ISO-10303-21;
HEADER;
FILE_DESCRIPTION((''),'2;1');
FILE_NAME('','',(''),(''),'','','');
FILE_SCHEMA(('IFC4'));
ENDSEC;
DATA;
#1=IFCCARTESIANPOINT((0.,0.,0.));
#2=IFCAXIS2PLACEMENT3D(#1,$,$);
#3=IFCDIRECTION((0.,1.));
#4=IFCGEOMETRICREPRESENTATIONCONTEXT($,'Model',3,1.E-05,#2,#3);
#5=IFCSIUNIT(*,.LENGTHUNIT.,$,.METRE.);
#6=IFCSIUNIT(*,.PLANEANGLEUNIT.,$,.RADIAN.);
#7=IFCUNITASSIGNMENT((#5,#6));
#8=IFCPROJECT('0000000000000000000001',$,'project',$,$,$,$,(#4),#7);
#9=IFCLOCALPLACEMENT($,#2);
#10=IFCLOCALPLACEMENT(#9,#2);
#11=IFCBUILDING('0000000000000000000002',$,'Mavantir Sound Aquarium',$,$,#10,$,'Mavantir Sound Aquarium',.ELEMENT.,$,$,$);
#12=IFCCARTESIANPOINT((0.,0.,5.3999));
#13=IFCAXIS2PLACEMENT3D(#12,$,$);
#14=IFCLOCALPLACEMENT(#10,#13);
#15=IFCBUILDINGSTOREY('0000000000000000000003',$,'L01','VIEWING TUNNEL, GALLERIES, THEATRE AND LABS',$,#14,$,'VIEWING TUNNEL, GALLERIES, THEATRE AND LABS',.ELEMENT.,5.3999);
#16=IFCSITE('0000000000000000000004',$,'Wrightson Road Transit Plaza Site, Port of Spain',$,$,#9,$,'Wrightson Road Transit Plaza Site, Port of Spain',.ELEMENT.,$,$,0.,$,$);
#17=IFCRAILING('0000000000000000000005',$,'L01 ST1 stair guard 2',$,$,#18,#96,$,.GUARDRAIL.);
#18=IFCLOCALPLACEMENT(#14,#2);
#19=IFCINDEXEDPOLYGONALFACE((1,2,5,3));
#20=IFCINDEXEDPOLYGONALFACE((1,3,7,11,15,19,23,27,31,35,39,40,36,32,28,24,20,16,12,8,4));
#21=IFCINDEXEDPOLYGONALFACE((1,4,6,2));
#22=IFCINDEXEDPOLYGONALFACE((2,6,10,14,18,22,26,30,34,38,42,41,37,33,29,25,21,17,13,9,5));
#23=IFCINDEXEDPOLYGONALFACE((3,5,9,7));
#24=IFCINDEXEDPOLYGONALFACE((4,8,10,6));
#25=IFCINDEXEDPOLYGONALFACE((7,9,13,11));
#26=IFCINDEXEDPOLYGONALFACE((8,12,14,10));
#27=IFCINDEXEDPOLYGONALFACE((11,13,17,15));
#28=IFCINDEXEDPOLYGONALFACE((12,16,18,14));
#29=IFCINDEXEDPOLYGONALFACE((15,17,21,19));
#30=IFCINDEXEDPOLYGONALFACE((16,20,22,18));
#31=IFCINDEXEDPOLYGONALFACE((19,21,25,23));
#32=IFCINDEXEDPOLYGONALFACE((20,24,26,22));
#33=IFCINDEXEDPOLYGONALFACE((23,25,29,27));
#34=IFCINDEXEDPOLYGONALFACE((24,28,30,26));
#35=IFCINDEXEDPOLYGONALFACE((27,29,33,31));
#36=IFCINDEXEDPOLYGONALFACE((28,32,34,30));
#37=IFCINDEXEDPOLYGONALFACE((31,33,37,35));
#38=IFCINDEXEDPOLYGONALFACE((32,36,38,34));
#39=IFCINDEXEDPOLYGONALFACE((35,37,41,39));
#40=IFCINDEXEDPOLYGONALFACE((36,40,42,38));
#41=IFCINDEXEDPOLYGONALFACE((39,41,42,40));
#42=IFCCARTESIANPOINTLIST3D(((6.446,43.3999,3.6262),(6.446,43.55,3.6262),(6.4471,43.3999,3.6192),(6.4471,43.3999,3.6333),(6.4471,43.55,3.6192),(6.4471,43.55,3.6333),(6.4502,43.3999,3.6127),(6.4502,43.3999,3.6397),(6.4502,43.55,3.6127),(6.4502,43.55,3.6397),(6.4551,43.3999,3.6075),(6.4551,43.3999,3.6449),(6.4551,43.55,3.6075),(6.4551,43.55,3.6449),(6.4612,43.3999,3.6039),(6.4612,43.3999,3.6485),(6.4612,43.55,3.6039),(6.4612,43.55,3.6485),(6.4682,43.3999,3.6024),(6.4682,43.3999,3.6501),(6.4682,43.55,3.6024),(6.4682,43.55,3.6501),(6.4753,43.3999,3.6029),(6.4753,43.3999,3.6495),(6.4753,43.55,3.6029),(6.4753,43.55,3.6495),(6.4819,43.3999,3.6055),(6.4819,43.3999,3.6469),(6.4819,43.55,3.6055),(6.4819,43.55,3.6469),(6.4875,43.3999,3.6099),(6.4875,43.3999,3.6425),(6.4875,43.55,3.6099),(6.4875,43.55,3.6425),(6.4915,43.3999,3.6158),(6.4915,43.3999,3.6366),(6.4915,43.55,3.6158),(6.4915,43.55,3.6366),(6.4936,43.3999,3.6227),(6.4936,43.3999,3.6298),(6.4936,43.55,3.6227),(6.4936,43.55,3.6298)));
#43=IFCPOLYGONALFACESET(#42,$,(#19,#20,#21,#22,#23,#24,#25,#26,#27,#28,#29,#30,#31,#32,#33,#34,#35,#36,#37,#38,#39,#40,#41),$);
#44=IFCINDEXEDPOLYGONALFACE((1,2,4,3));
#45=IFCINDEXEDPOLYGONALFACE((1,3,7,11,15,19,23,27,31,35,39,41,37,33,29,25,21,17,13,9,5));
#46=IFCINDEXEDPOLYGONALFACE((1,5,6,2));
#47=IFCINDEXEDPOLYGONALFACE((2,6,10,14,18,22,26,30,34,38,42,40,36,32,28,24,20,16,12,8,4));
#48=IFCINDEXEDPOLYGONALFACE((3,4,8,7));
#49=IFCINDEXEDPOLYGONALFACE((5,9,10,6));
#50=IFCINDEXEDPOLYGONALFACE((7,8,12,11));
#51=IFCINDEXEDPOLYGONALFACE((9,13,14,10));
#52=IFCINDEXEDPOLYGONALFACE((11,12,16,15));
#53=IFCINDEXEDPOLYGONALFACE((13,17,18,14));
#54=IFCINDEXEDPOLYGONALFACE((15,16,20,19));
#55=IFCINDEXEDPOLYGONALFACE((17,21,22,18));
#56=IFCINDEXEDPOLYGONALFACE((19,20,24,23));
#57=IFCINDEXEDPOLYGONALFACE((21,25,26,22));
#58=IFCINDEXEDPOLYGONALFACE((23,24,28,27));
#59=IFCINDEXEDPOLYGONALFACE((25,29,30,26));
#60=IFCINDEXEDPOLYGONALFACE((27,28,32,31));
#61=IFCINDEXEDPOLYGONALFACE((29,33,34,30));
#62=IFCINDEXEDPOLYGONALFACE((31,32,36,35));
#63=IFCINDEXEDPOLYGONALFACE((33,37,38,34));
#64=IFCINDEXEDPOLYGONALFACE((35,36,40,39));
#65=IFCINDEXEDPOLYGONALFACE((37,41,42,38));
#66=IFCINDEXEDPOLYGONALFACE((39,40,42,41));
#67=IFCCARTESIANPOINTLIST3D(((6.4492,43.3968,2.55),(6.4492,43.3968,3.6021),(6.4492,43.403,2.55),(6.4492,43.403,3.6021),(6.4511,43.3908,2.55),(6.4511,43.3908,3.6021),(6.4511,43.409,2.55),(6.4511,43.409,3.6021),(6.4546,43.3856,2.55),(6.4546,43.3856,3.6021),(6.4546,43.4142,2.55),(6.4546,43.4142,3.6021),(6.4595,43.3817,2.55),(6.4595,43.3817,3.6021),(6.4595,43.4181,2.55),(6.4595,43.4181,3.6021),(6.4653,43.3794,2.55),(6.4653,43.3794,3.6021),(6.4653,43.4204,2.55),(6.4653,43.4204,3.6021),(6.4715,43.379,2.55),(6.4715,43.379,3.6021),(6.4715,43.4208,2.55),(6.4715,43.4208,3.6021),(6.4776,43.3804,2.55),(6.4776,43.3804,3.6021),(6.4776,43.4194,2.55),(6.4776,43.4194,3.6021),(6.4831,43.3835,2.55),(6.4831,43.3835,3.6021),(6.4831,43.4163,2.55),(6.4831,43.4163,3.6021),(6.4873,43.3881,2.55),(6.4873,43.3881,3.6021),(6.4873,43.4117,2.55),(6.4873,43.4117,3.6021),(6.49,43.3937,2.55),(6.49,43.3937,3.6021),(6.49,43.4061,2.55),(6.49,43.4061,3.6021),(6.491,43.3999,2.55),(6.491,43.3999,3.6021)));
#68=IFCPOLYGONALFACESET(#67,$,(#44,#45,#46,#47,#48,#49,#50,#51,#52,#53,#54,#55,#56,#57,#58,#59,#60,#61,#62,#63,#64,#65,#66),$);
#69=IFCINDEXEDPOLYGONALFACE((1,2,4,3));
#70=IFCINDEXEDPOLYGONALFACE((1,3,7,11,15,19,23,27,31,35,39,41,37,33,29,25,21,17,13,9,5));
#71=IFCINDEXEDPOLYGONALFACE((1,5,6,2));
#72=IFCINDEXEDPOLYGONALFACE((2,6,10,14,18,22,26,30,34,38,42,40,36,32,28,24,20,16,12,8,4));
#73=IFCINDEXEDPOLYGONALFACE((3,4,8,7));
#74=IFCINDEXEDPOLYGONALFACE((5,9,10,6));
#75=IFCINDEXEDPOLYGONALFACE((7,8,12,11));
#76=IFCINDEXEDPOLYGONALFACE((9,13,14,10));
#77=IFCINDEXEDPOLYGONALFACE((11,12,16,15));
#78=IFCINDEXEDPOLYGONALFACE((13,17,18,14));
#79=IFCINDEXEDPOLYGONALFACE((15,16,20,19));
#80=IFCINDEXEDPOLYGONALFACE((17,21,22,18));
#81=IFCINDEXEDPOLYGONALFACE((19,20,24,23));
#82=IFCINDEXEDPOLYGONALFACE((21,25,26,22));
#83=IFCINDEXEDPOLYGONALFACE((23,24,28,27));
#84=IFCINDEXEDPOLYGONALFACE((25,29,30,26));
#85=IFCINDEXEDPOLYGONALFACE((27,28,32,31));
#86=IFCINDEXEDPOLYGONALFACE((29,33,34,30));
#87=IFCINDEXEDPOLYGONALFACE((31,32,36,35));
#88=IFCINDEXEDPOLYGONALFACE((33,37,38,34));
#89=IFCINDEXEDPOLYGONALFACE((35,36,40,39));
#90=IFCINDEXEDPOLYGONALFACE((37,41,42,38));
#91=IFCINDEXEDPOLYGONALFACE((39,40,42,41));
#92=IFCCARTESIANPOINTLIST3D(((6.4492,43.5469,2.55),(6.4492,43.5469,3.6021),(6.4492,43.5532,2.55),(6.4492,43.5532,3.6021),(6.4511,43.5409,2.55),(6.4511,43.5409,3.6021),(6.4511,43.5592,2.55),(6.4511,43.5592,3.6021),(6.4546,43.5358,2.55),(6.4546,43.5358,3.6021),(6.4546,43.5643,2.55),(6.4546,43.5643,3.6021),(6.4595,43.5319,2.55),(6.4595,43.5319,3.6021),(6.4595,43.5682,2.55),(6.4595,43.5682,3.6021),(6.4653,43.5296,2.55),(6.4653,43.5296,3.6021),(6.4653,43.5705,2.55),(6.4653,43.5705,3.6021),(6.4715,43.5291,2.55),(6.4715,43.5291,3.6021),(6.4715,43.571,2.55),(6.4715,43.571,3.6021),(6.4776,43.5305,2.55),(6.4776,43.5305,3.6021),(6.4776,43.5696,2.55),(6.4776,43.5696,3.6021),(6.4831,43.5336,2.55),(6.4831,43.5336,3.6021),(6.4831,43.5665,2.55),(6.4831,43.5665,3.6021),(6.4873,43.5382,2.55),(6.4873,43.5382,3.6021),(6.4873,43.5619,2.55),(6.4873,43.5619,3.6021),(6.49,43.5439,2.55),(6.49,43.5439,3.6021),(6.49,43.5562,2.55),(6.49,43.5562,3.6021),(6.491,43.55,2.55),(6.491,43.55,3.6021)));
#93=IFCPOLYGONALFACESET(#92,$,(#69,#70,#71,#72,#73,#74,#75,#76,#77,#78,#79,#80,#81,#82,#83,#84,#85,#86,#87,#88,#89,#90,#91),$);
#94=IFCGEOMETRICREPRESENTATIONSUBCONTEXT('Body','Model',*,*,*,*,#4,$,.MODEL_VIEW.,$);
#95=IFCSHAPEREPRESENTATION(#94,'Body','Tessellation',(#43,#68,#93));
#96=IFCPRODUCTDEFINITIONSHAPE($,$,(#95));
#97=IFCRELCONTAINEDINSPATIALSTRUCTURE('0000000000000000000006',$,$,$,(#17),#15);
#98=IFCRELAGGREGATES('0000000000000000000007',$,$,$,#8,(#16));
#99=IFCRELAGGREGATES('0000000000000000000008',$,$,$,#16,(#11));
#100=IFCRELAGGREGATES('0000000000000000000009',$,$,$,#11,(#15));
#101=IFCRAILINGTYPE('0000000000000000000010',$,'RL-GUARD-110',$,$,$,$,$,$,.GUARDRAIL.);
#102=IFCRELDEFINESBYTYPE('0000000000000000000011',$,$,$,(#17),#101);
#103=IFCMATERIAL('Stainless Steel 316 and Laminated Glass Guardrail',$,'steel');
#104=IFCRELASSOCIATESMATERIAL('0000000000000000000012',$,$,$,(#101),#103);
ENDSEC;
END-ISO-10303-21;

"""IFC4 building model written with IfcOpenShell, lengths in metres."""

from ifc_helpers import new_model, si_unit, direction, frame, origin, origin_2d, place, context, subcontext, project, spatial, circle, extrude, material, type_object, element, save


model = new_model("IFC4")

# Units and contexts
model_context = context("Model", 3, precision=1e-05, world=origin(), true_north=direction((0.0, 1.0)))
body_context = subcontext(model_context, "Body", "Model", "MODEL_VIEW")
ifc_project = project(units=[si_unit("LENGTHUNIT", "METRE"), si_unit("PLANEANGLEUNIT", "RADIAN")], contexts=[model_context])

# Site, building, storey
site_placement = place(None, origin())
site = spatial("IfcSite", under=ifc_project, at=site_placement, Name="Wrightson Road Transit Plaza Site, Port of Spain", LongName="Wrightson Road Transit Plaza Site, Port of Spain", CompositionType="ELEMENT", RefElevation=0.0)
building_placement = place(site_placement, origin())
building = spatial("IfcBuilding", under=site, at=building_placement, Name="Mavantir Sound Aquarium", LongName="Mavantir Sound Aquarium", CompositionType="ELEMENT")
storey_placement = place(building_placement, frame((0.0, 0.0, 5.3999)))
storey = spatial("IfcBuildingStorey", under=building, at=storey_placement, Name="L01", Description="VIEWING TUNNEL, GALLERIES, THEATRE AND LABS", LongName="VIEWING TUNNEL, GALLERIES, THEATRE AND LABS", CompositionType="ELEMENT", Elevation=5.3999)

# Railing
ifc_material_1 = material(Name="Stainless Steel 316 and Laminated Glass Guardrail", Category="steel")
railing_type_1 = type_object("IfcRailingType", Name="RL-GUARD-110", PredefinedType="GUARDRAIL", material=ifc_material_1)
railing_1_placement = place(storey_placement, frame((6.47, 43.3999, 2.55)))
element("IfcRailing", 1, at=railing_1_placement, inside=storey, type_object=railing_type_1, Name="L01 ST1 stair guard 2", PredefinedType="GUARDRAIL", context=body_context, shape_type="SweptSolid", body=[
    extrude(circle(Radius=0.0239, at=origin_2d()), frame((0.0, 0.0, 1.0762), z_axis=(0.0, 1.0, 0.0), x_axis=(-1.0, 0.0, 0.0)), (0.0, 0.0, 1.0), 0.1501),
    extrude(circle(Radius=0.021, at=origin_2d()), origin(), (0.0, 0.0, 1.0), 1.052),
    extrude(circle(Radius=0.021, at=origin_2d()), frame((0.0, 0.1501, 0.0)), (0.0, 0.0, 1.0), 1.052),
])

save(model, "model.ifc")
